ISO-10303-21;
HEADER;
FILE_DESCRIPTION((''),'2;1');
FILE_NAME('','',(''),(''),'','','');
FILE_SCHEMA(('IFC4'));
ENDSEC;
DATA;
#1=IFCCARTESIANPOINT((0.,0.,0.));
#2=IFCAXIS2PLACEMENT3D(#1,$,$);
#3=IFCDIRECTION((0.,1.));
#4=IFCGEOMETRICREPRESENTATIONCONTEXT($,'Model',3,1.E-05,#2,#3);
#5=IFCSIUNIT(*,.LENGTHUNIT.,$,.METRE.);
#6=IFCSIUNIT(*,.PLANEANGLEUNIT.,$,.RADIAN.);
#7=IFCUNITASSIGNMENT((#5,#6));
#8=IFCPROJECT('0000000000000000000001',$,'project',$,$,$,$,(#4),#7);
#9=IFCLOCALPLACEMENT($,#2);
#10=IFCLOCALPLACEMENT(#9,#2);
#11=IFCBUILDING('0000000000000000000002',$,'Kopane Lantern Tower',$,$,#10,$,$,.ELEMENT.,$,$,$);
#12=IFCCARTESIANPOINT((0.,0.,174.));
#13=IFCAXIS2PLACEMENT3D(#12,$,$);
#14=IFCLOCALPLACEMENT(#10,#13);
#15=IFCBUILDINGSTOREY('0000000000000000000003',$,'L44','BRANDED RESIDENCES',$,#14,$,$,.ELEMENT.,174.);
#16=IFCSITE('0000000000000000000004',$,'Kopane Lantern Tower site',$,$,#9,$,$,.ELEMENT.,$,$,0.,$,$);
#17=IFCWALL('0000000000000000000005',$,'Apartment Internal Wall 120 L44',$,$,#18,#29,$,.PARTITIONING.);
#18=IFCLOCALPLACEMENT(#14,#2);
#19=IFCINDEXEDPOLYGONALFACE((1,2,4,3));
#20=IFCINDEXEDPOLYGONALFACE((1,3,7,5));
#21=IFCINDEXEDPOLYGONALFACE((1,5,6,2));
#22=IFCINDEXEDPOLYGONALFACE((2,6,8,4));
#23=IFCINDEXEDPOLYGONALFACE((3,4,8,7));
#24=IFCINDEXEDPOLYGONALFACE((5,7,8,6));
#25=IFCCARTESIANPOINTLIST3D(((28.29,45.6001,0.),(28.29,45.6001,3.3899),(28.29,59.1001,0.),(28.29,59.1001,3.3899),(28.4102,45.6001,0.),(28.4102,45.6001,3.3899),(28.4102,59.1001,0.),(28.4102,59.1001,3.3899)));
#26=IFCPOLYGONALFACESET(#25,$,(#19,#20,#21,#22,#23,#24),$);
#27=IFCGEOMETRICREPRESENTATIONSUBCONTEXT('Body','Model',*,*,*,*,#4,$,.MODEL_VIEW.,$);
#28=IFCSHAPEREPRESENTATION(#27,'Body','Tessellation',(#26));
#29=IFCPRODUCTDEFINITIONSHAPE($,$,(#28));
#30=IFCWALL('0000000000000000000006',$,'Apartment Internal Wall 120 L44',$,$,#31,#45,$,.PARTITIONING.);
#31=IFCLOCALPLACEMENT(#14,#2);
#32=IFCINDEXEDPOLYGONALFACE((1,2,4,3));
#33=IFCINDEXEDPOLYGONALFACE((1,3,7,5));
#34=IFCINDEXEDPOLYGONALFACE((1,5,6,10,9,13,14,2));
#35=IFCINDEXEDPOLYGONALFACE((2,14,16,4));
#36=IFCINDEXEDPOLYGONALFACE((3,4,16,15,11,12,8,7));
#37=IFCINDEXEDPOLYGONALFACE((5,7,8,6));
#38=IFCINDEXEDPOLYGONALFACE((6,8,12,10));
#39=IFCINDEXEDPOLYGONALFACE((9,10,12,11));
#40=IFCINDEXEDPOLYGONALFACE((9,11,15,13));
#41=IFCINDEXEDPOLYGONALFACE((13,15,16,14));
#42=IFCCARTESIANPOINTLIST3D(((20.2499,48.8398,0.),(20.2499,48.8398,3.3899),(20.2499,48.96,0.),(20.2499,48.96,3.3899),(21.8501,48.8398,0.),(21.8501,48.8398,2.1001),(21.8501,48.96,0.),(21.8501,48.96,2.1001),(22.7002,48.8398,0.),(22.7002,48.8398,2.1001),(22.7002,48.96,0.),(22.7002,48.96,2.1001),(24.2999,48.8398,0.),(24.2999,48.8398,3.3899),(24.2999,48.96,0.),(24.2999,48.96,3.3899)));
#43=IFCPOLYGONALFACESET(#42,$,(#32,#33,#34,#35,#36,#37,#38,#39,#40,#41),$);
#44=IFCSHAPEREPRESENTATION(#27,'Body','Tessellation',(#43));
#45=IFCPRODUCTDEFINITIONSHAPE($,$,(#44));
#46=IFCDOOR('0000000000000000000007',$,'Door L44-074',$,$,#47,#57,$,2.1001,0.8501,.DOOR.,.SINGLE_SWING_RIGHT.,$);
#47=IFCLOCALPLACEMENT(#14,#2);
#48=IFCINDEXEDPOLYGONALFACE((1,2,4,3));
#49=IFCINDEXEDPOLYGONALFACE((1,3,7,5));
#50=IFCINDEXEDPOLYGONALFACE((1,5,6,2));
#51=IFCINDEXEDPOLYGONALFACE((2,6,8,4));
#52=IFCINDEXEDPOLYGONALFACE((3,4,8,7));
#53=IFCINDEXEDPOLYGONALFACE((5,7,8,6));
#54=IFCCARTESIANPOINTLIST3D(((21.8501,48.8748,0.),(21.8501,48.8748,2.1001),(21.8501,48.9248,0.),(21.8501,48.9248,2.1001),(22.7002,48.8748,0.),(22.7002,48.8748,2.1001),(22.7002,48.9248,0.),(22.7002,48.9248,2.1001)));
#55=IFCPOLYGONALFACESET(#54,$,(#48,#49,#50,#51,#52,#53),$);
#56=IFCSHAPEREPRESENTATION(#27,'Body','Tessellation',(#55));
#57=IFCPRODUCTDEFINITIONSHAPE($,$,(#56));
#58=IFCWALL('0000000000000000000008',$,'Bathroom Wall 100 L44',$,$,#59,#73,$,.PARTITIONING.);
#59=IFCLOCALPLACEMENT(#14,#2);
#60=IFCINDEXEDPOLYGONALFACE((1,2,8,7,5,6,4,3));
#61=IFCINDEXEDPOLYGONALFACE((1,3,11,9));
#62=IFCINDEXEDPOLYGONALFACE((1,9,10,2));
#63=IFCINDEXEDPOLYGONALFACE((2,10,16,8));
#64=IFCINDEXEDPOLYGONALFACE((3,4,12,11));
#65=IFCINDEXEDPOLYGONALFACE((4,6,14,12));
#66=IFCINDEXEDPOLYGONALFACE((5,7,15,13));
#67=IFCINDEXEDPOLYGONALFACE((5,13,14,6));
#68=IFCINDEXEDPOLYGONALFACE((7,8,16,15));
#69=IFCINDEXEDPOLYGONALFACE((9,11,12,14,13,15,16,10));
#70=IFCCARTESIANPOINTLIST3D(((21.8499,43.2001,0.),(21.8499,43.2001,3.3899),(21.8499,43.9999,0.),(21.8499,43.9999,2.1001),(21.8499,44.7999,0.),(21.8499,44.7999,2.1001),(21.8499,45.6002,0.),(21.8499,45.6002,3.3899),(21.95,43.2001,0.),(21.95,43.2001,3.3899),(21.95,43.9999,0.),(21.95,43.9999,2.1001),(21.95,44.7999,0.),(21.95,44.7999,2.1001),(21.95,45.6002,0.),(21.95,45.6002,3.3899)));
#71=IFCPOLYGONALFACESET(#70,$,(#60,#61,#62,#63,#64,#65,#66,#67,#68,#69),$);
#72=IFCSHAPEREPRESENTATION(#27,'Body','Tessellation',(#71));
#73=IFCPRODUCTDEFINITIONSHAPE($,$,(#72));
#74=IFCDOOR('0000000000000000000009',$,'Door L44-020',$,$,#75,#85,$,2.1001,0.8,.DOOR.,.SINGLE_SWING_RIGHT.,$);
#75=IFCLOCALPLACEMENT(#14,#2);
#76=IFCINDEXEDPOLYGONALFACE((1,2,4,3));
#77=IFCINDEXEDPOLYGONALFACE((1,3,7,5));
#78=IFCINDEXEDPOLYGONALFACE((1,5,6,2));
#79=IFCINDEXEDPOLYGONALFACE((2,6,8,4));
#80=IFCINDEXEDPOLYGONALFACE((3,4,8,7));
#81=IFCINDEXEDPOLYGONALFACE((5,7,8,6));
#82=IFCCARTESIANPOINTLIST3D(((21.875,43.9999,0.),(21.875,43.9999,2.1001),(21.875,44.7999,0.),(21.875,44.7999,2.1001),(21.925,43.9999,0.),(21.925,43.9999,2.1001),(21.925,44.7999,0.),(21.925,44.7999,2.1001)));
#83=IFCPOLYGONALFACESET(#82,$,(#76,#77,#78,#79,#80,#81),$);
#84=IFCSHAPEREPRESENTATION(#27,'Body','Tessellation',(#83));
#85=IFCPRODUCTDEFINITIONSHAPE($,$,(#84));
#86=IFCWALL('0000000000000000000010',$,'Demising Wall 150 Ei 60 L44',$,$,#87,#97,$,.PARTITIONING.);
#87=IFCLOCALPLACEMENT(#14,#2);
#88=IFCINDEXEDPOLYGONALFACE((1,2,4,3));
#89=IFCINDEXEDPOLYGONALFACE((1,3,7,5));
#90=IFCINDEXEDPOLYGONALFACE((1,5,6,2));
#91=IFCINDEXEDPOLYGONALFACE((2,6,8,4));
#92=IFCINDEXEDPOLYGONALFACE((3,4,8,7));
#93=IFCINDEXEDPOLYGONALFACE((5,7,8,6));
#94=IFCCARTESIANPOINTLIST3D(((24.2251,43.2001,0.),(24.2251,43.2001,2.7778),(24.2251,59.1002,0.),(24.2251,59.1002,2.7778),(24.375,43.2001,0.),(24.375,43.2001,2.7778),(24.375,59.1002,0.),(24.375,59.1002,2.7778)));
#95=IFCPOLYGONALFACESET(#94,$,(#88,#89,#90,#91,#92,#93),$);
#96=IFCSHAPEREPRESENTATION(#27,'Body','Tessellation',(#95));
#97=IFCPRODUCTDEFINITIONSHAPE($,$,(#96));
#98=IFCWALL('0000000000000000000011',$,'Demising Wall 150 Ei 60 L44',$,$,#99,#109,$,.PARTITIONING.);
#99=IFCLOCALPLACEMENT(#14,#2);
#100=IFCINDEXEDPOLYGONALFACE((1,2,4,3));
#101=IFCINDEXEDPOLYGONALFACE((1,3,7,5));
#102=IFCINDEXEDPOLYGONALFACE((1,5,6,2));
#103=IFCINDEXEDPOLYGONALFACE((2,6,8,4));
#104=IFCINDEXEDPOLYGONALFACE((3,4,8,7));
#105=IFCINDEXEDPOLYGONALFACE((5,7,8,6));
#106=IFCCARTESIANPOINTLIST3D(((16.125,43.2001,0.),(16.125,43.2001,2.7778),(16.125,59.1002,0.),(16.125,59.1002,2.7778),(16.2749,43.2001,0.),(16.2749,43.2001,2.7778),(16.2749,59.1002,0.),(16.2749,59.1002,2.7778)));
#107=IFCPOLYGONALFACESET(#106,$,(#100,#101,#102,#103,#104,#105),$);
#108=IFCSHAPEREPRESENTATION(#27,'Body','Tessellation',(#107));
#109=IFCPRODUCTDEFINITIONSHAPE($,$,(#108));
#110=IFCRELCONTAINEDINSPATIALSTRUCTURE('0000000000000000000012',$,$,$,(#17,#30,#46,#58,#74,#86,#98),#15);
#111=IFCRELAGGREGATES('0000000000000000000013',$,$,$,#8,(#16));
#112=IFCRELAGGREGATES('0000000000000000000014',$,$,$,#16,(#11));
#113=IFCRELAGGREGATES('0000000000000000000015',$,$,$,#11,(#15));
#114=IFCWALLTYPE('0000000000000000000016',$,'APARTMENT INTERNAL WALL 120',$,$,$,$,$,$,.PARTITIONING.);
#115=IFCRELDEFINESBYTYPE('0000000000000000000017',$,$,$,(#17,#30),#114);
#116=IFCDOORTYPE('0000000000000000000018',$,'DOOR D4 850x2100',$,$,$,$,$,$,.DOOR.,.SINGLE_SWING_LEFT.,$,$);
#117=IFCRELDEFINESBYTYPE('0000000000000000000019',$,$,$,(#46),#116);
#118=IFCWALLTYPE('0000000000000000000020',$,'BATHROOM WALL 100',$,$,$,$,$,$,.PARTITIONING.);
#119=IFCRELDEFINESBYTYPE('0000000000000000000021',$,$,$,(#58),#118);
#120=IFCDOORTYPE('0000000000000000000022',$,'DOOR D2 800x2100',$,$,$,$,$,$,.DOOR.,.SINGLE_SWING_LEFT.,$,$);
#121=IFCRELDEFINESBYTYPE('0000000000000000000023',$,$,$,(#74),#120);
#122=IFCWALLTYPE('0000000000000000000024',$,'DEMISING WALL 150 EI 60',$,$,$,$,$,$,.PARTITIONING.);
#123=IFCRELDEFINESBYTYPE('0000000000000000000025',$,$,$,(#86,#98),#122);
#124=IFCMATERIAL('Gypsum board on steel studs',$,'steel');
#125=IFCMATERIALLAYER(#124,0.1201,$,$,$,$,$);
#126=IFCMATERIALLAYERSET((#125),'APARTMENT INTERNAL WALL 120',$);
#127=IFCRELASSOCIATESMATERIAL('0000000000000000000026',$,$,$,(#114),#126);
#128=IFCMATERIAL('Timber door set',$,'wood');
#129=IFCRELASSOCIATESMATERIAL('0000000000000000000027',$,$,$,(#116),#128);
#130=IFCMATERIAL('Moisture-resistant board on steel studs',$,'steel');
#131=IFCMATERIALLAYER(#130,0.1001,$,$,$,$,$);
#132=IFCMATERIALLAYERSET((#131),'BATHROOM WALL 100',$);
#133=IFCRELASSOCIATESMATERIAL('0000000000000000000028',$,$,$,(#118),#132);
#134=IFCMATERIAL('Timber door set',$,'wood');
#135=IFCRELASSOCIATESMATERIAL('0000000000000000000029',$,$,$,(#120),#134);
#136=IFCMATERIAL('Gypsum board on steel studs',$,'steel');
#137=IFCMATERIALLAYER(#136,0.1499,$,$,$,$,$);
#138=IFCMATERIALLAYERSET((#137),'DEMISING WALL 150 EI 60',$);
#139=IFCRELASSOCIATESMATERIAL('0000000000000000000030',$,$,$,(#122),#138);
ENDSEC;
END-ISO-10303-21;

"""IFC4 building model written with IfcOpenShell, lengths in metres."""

from ifc_helpers import new_model, si_unit, direction, frame, frame_2d, origin, place, context, subcontext, project, spatial, rectangle, extrude, material, layer, layer_set, type_object, element, fill, save


model = new_model("IFC4")

# Units and contexts
model_context = context("Model", 3, precision=1e-05, world=origin(), true_north=direction((0.0, 1.0)))
body_context = subcontext(model_context, "Body", "Model", "MODEL_VIEW")
ifc_project = project(units=[si_unit("LENGTHUNIT", "METRE"), si_unit("PLANEANGLEUNIT", "RADIAN")], contexts=[model_context])

# Site, building, storey
site_placement = place(None, origin())
site = spatial("IfcSite", under=ifc_project, at=site_placement, Name="Kopane Lantern Tower site", CompositionType="ELEMENT", RefElevation=0.0)
building_placement = place(site_placement, origin())
building = spatial("IfcBuilding", under=site, at=building_placement, Name="Kopane Lantern Tower", CompositionType="ELEMENT")
storey_placement = place(building_placement, frame((0.0, 0.0, 174.0)))
storey = spatial("IfcBuildingStorey", under=building, at=storey_placement, Name="L44", Description="BRANDED RESIDENCES", CompositionType="ELEMENT", Elevation=174.0)

# Wall
ifc_material_1 = material(Name="Gypsum board on steel studs", Category="steel")
ifc_layer_1 = layer(ifc_material_1, 0.1201)
ifc_layer_set_1 = layer_set([ifc_layer_1], Name="APARTMENT INTERNAL WALL 120")
wall_type_1 = type_object("IfcWallType", Name="APARTMENT INTERNAL WALL 120", PredefinedType="PARTITIONING", material=ifc_layer_set_1)
for number, where, z_axis, x_axis, name in (
    (1, (28.3501, 45.6001, 0.0), (0.0, 0.0, 1.0), (0.0, 1.0, 0.0), "Apartment Internal Wall 120 L44"),
):
    element("IfcWall", number, at=place(storey_placement, frame(where, z_axis=z_axis, x_axis=x_axis)), inside=storey, type_object=wall_type_1, Name=name, PredefinedType="PARTITIONING", context=body_context, shape_type="SweptSolid", body=[
        extrude(rectangle(XDim=13.5, YDim=0.1201, at=frame_2d((6.75, 0.0))), origin(), (0.0, 0.0, 1.0), 3.3899),
    ])

# Walls, openings, doors
wall_1_placement = place(storey_placement, frame((20.25, 48.8999, 0.0), z_axis=(0.0, 0.0, 1.0), x_axis=(1.0, 0.0, 0.0)))
wall_1 = element("IfcWall", 2, at=wall_1_placement, inside=storey, type_object=wall_type_1, Name="Apartment Internal Wall 120 L44", PredefinedType="PARTITIONING", context=body_context, shape_type="SweptSolid", body=[
    extrude(rectangle(XDim=4.05, YDim=0.1201, at=frame_2d((2.0249, 0.0))), origin(), (0.0, 0.0, 1.0), 3.3899),
])
opening_1_placement = place(wall_1_placement, frame((1.6001, 0.0, 0.0)))
opening_1 = element("IfcOpeningElement", 3, at=opening_1_placement, cuts=wall_1, PredefinedType="OPENING", context=body_context, shape_type="SweptSolid", body=[
    extrude(rectangle(XDim=0.8501, YDim=2.1001, at=frame_2d((0.425, 1.05))), frame((0.0, 0.0701, 0.0), z_axis=(0.0, -1.0, 0.0), x_axis=(1.0, 0.0, 0.0)), (0.0, 0.0, 1.0), 0.1401),
])
ifc_material_2 = material(Name="Timber door set", Category="wood")
door_type_1 = type_object("IfcDoorType", Name="DOOR D4 850x2100", OperationType="SINGLE_SWING_LEFT", PredefinedType="DOOR", material=ifc_material_2)
door_1_placement = place(opening_1_placement, origin())
door_1 = element("IfcDoor", 4, at=door_1_placement, inside=storey, type_object=door_type_1, Name="Door L44-074", OperationType="SINGLE_SWING_RIGHT", OverallHeight=2.1001, OverallWidth=0.8501, PredefinedType="DOOR", context=body_context, shape_type="SweptSolid", body=[
    extrude(rectangle(XDim=0.8501, YDim=2.1001, at=frame_2d((0.425, 1.05))), frame((0.0, 0.0249, 0.0), z_axis=(0.0, -1.0, 0.0), x_axis=(1.0, 0.0, 0.0)), (0.0, 0.0, 1.0), 0.05),
])
fill(opening_1, door_1)
ifc_material_3 = material(Name="Moisture-resistant board on steel studs", Category="steel")
ifc_layer_2 = layer(ifc_material_3, 0.1001)
ifc_layer_set_2 = layer_set([ifc_layer_2], Name="BATHROOM WALL 100")
wall_type_2 = type_object("IfcWallType", Name="BATHROOM WALL 100", PredefinedType="PARTITIONING", material=ifc_layer_set_2)
wall_2_placement = place(storey_placement, frame((21.8999, 43.2, 0.0), z_axis=(0.0, 0.0, 1.0), x_axis=(0.0, 1.0, 0.0)))
wall_2 = element("IfcWall", 5, at=wall_2_placement, inside=storey, type_object=wall_type_2, Name="Bathroom Wall 100 L44", PredefinedType="PARTITIONING", context=body_context, shape_type="SweptSolid", body=[
    extrude(rectangle(XDim=2.4001, YDim=0.1001, at=frame_2d((1.2002, 0.0))), origin(), (0.0, 0.0, 1.0), 3.3899),
])
opening_2_placement = place(wall_2_placement, frame((0.8, 0.0, 0.0)))
opening_2 = element("IfcOpeningElement", 6, at=opening_2_placement, cuts=wall_2, PredefinedType="OPENING", context=body_context, shape_type="SweptSolid", body=[
    extrude(rectangle(XDim=0.8, YDim=2.1001, at=frame_2d((0.3999, 1.05))), frame((0.0, 0.0601, 0.0), z_axis=(0.0, -1.0, 0.0), x_axis=(1.0, 0.0, 0.0)), (0.0, 0.0, 1.0), 0.1201),
])
ifc_material_4 = material(Name="Timber door set", Category="wood")
door_type_2 = type_object("IfcDoorType", Name="DOOR D2 800x2100", OperationType="SINGLE_SWING_LEFT", PredefinedType="DOOR", material=ifc_material_4)
door_2_placement = place(opening_2_placement, origin())
door_2 = element("IfcDoor", 7, at=door_2_placement, inside=storey, type_object=door_type_2, Name="Door L44-020", OperationType="SINGLE_SWING_RIGHT", OverallHeight=2.1001, OverallWidth=0.8, PredefinedType="DOOR", context=body_context, shape_type="SweptSolid", body=[
    extrude(rectangle(XDim=0.8, YDim=2.1001, at=frame_2d((0.3999, 1.05))), frame((0.0, 0.0249, 0.0), z_axis=(0.0, -1.0, 0.0), x_axis=(1.0, 0.0, 0.0)), (0.0, 0.0, 1.0), 0.05),
])
fill(opening_2, door_2)

# Walls
ifc_material_5 = material(Name="Gypsum board on steel studs", Category="steel")
ifc_layer_3 = layer(ifc_material_5, 0.1499)
ifc_layer_set_3 = layer_set([ifc_layer_3], Name="DEMISING WALL 150 EI 60")
wall_type_3 = type_object("IfcWallType", Name="DEMISING WALL 150 EI 60", PredefinedType="PARTITIONING", material=ifc_layer_set_3)
for number, where, z_axis, x_axis, name in (
    (8, (24.3, 43.2, 0.0), (0.0, 0.0, 1.0), (0.0, 1.0, 0.0), "Demising Wall 150 Ei 60 L44"),
    (9, (16.2, 43.2, 0.0), (0.0, 0.0, 1.0), (0.0, 1.0, 0.0), "Demising Wall 150 Ei 60 L44"),
):
    element("IfcWall", number, at=place(storey_placement, frame(where, z_axis=z_axis, x_axis=x_axis)), inside=storey, type_object=wall_type_3, Name=name, PredefinedType="PARTITIONING", context=body_context, shape_type="SweptSolid", body=[
        extrude(rectangle(XDim=15.9001, YDim=0.1499, at=frame_2d((7.9502, 0.0))), origin(), (0.0, 0.0, 1.0), 2.7778),
    ])

save(model, "model.ifc")
